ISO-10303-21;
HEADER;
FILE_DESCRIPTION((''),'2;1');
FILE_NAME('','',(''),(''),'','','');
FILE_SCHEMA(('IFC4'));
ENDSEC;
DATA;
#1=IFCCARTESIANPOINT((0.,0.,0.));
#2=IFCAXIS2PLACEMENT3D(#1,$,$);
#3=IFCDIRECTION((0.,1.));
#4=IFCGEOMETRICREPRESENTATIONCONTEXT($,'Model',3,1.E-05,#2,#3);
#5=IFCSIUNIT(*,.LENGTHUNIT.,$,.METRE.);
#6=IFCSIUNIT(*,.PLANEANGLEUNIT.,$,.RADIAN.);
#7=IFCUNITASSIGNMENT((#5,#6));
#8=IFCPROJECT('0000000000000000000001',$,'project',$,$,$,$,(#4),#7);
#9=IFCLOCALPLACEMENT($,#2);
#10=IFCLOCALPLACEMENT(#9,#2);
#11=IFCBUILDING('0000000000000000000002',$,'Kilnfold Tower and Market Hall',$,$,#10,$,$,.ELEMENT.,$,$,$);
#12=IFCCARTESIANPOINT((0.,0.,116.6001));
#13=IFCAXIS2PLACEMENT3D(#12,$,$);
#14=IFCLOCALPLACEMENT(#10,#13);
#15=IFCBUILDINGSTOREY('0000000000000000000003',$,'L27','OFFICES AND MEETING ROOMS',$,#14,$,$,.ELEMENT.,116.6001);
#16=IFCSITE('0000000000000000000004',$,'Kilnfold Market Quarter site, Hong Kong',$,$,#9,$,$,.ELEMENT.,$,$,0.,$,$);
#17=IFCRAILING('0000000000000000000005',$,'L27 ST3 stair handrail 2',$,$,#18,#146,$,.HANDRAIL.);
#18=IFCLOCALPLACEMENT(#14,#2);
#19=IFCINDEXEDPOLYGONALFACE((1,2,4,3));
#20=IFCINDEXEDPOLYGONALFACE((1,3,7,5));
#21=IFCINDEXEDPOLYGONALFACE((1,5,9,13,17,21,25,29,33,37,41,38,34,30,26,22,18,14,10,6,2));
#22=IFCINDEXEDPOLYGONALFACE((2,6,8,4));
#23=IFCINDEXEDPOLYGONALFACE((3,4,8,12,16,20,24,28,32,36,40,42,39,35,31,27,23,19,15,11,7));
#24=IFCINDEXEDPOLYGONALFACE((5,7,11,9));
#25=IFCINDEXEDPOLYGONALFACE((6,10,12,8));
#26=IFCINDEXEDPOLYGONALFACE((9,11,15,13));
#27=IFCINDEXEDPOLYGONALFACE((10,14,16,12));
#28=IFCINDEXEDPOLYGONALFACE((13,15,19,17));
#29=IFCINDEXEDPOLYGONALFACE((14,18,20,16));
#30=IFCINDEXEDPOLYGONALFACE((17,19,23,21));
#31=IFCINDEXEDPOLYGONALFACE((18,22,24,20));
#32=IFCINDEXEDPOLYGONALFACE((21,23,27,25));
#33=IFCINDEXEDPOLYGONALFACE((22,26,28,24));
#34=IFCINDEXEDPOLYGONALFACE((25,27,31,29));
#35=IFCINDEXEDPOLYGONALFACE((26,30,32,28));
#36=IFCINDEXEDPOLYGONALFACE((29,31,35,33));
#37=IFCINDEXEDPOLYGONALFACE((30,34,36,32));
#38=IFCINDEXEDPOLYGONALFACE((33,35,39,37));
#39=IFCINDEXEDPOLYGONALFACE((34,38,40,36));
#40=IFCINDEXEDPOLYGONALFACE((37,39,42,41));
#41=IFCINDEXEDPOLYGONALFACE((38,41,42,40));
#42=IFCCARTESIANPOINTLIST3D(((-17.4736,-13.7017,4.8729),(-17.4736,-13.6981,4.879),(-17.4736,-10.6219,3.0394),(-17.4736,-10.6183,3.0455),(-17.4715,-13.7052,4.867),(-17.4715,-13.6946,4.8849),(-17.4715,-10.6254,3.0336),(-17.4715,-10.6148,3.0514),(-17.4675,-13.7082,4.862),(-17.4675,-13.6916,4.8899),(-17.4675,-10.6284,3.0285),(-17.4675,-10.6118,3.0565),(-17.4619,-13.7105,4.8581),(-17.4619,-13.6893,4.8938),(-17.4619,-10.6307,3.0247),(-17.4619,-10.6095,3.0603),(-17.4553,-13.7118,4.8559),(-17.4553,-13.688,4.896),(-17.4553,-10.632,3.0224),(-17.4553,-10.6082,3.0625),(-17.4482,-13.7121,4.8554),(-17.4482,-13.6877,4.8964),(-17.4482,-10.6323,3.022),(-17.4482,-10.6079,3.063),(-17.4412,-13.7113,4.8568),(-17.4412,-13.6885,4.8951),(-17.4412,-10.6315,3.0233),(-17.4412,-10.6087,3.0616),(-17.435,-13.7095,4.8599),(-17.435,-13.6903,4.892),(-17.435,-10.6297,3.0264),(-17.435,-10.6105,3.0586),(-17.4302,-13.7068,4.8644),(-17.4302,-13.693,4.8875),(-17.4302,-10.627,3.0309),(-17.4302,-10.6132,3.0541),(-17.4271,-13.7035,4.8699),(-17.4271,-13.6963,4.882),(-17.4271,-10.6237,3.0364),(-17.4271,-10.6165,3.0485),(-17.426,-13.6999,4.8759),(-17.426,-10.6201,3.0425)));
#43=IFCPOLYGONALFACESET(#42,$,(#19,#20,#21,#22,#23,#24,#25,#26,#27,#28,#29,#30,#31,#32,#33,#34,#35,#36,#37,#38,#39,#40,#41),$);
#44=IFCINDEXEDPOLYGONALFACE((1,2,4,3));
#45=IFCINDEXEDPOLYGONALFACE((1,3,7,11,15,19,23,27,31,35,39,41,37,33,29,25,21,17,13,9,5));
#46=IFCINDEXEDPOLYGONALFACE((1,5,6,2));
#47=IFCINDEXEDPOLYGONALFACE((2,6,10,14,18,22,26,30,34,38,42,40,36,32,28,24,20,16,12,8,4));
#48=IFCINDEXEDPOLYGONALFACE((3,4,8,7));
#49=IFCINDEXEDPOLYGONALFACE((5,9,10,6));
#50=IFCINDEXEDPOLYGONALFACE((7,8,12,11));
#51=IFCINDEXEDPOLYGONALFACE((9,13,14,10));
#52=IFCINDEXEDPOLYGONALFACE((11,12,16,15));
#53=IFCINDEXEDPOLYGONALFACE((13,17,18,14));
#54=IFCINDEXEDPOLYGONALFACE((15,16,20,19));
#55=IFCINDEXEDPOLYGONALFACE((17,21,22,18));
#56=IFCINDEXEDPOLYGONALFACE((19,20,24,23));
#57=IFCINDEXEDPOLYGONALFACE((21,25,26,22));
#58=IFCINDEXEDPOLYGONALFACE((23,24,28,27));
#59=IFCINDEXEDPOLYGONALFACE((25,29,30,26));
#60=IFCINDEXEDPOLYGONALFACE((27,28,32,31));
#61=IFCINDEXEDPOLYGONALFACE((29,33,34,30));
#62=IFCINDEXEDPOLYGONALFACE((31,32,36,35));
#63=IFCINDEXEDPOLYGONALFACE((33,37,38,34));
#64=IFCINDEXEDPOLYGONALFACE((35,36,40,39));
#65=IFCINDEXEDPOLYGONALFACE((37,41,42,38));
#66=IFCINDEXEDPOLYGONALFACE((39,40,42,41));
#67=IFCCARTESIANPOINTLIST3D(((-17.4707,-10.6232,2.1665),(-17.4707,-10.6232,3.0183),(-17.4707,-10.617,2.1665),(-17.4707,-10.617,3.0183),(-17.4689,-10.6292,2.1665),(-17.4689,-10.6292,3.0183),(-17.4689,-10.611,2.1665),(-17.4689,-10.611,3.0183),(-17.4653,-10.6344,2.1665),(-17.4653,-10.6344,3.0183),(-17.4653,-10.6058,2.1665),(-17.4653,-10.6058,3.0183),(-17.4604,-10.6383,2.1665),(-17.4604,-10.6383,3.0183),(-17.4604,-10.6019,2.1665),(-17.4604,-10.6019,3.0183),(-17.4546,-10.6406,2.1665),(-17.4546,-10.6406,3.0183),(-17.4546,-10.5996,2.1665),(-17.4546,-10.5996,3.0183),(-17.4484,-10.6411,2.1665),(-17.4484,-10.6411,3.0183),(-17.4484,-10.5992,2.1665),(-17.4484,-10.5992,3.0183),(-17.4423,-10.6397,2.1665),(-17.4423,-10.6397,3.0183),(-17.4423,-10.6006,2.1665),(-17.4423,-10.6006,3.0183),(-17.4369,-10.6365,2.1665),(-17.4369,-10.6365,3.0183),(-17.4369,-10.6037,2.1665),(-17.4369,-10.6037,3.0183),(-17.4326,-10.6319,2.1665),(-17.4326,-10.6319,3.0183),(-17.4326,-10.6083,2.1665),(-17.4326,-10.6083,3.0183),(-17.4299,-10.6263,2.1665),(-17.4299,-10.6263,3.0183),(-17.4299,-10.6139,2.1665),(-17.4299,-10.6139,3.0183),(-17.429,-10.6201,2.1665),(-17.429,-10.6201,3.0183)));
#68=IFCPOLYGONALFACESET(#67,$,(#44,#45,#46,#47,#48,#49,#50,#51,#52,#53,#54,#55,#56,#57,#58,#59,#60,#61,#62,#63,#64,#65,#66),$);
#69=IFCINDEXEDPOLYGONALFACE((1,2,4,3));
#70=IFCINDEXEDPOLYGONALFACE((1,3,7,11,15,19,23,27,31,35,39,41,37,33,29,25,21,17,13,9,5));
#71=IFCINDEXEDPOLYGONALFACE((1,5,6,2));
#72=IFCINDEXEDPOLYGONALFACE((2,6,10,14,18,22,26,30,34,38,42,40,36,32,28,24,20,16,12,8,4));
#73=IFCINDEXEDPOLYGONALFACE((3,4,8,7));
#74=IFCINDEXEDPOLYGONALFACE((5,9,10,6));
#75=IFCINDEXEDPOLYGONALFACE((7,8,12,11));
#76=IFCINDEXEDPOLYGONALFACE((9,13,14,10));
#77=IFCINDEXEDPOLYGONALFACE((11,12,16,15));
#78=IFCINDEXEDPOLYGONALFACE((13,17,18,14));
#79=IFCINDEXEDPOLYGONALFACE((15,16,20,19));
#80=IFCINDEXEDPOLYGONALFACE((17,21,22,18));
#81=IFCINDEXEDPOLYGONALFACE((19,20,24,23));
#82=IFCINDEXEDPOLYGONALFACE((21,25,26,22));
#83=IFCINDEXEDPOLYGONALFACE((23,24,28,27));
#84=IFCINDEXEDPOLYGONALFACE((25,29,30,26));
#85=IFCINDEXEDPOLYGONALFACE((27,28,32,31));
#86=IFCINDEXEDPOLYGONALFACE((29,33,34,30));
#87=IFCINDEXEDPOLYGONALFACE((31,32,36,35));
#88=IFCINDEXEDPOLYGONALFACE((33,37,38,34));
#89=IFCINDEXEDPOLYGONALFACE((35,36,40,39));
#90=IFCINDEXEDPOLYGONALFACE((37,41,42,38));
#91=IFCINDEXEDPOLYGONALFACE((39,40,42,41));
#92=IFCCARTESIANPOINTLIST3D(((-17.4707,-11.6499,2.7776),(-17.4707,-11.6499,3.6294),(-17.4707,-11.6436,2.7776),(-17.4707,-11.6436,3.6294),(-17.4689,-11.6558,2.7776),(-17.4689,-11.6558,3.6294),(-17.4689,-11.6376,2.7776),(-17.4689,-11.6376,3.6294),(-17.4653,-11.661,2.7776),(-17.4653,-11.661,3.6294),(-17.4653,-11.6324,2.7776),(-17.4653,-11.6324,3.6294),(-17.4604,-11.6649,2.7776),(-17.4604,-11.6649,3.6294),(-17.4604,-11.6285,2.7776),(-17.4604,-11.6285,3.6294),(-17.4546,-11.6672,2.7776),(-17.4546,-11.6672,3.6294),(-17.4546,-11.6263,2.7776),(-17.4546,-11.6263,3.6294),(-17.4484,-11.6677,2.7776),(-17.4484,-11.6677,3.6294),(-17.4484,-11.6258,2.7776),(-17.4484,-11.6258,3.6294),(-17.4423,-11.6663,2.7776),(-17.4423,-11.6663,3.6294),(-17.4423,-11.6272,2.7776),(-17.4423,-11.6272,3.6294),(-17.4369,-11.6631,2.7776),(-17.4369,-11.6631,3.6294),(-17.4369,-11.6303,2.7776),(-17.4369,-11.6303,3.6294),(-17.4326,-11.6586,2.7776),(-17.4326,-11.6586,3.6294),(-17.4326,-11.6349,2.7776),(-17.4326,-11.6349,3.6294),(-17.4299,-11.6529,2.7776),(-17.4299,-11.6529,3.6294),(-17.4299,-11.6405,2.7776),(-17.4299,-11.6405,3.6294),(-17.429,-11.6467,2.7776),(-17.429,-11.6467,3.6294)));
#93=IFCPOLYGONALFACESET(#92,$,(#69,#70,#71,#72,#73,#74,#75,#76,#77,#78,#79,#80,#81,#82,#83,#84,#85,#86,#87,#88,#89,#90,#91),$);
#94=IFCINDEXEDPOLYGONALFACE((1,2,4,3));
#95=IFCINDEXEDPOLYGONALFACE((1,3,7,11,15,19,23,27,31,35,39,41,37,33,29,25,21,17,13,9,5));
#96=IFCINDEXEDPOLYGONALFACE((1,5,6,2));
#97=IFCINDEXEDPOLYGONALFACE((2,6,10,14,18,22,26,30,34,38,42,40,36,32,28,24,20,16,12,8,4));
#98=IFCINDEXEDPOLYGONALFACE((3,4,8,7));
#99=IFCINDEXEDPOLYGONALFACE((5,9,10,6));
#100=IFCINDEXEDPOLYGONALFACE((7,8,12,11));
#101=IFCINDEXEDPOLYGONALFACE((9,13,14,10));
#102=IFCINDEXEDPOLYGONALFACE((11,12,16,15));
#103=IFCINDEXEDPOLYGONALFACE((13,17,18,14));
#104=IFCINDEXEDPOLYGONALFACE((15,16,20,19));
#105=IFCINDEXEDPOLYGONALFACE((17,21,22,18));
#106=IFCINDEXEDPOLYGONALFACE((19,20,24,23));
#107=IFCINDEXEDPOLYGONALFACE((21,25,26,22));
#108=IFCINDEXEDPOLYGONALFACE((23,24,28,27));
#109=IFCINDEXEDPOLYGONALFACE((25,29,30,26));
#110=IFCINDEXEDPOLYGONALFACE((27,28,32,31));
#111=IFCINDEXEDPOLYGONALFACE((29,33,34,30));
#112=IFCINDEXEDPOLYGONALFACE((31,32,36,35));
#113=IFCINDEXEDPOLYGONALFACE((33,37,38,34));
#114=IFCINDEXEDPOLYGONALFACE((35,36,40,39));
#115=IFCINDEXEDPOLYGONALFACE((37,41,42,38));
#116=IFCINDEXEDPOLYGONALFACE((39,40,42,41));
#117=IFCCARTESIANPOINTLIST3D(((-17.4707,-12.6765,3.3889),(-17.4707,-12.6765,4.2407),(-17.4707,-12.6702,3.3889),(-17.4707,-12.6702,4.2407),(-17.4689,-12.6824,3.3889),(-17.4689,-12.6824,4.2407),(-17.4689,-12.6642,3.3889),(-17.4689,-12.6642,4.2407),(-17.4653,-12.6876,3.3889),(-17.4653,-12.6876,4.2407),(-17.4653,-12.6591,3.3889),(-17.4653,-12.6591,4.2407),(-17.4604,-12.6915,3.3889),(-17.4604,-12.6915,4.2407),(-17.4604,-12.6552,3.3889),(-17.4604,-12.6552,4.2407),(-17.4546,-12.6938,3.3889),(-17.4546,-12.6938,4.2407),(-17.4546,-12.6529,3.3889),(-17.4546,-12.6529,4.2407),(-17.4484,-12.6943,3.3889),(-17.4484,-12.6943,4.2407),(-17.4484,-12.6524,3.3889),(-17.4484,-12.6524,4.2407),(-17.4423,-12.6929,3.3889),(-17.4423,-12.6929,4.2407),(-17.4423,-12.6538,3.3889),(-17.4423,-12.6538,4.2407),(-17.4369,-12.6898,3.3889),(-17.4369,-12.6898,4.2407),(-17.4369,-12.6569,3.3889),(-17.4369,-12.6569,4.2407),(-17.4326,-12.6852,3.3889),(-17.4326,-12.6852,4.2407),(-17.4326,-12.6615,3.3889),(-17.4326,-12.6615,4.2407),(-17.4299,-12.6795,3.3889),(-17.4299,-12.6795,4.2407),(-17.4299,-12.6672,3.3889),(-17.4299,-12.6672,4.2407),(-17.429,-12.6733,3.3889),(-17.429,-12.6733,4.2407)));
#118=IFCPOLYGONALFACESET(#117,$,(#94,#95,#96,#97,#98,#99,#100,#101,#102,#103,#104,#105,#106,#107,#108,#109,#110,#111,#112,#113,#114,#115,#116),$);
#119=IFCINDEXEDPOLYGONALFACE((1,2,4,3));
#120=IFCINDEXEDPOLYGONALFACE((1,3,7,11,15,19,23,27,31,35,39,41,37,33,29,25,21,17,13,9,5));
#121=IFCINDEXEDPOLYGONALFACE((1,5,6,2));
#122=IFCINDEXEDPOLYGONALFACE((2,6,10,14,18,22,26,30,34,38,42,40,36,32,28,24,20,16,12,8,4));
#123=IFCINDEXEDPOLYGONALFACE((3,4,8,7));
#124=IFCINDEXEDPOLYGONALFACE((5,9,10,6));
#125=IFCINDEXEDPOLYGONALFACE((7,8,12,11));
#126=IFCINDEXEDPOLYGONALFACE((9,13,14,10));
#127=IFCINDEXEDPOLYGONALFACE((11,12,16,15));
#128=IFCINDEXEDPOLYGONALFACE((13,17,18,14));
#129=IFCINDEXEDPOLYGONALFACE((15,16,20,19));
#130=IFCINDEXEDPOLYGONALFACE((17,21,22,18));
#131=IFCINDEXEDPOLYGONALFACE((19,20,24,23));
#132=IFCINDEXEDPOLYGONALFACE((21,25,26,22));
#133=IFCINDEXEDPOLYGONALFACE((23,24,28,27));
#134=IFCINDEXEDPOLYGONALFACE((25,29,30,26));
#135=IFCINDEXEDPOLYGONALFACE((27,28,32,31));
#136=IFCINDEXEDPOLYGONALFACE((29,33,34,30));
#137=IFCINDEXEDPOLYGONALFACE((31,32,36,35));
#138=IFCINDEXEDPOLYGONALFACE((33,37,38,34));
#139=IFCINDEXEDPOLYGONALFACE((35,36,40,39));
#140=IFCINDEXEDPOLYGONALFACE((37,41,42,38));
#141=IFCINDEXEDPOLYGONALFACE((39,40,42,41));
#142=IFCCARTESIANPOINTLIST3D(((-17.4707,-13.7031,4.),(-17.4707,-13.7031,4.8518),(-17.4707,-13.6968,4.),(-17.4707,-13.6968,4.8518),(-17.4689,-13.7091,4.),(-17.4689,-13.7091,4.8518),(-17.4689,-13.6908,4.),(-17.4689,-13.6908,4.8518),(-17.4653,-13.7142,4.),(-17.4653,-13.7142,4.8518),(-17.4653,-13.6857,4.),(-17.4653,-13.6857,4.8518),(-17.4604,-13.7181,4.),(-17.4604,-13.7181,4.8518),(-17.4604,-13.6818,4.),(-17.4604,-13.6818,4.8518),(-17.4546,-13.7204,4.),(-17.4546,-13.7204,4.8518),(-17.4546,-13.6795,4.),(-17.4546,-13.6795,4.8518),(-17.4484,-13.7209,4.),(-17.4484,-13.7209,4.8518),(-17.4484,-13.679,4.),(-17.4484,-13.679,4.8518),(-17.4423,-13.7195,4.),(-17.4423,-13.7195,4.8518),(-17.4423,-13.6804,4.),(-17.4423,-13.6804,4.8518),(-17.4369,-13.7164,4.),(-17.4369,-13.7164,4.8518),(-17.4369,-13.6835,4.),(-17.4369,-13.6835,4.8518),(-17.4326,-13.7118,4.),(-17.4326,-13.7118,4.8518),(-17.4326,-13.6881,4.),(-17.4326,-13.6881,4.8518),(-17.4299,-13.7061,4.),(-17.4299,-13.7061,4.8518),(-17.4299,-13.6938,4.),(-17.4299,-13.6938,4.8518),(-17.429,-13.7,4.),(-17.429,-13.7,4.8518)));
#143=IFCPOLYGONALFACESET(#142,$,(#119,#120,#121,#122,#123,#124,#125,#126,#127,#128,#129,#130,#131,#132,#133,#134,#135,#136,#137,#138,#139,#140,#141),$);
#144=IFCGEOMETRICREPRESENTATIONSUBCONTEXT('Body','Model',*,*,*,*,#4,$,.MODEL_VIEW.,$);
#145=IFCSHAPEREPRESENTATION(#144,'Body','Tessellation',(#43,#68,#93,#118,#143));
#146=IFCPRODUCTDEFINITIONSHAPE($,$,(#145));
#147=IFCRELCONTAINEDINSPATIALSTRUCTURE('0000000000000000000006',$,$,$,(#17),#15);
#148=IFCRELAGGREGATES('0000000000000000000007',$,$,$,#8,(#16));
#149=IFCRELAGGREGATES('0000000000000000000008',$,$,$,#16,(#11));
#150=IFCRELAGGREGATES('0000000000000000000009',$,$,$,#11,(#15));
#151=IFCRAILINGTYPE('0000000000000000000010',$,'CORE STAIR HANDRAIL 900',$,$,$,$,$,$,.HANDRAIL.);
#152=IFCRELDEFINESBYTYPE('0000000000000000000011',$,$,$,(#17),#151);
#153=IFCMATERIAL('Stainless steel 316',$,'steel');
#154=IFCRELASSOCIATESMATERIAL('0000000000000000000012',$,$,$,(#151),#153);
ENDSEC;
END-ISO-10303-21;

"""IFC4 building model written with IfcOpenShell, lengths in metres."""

from ifc_helpers import new_model, si_unit, direction, frame, origin, origin_2d, place, context, subcontext, project, spatial, circle, extrude, material, type_object, element, save


model = new_model("IFC4")

# Units and contexts
model_context = context("Model", 3, precision=1e-05, world=origin(), true_north=direction((0.0, 1.0)))
body_context = subcontext(model_context, "Body", "Model", "MODEL_VIEW")
ifc_project = project(units=[si_unit("LENGTHUNIT", "METRE"), si_unit("PLANEANGLEUNIT", "RADIAN")], contexts=[model_context])

# Site, building, storey
site_placement = place(None, origin())
site = spatial("IfcSite", under=ifc_project, at=site_placement, Name="Kilnfold Market Quarter site, Hong Kong", CompositionType="ELEMENT", RefElevation=0.0)
building_placement = place(site_placement, origin())
building = spatial("IfcBuilding", under=site, at=building_placement, Name="Kilnfold Tower and Market Hall", CompositionType="ELEMENT")
storey_placement = place(building_placement, frame((0.0, 0.0, 116.6001)))
storey = spatial("IfcBuildingStorey", under=building, at=storey_placement, Name="L27", Description="OFFICES AND MEETING ROOMS", CompositionType="ELEMENT", Elevation=116.6001)

# Railing
ifc_material_1 = material(Name="Stainless steel 316", Category="steel")
railing_type_1 = type_object("IfcRailingType", Name="CORE STAIR HANDRAIL 900", PredefinedType="HANDRAIL", material=ifc_material_1)
railing_1_placement = place(storey_placement, frame((-17.45, -10.6201, 2.1665)))
element("IfcRailing", 1, at=railing_1_placement, inside=storey, type_object=railing_type_1, Name="L27 ST3 stair handrail 2", PredefinedType="HANDRAIL", context=body_context, shape_type="SweptSolid", body=[
    extrude(circle(Radius=0.0239, at=origin_2d()), frame((0.0, 0.0, 0.876), z_axis=(0.0, -0.859261, 0.511538), x_axis=(1.0, 0.0, 0.0)), (0.0, 0.0, 1.0), 3.5842),
    extrude(circle(Radius=0.021, at=origin_2d()), origin(), (0.0, 0.0, 1.0), 0.8518),
    extrude(circle(Radius=0.021, at=origin_2d()), frame((0.0, -1.0266, 0.6111)), (0.0, 0.0, 1.0), 0.8518),
    extrude(circle(Radius=0.021, at=origin_2d()), frame((0.0, -2.0532, 1.2224)), (0.0, 0.0, 1.0), 0.8518),
    extrude(circle(Radius=0.021, at=origin_2d()), frame((0.0, -3.0798, 1.8335)), (0.0, 0.0, 1.0), 0.8518),
])

save(model, "model.ifc")
